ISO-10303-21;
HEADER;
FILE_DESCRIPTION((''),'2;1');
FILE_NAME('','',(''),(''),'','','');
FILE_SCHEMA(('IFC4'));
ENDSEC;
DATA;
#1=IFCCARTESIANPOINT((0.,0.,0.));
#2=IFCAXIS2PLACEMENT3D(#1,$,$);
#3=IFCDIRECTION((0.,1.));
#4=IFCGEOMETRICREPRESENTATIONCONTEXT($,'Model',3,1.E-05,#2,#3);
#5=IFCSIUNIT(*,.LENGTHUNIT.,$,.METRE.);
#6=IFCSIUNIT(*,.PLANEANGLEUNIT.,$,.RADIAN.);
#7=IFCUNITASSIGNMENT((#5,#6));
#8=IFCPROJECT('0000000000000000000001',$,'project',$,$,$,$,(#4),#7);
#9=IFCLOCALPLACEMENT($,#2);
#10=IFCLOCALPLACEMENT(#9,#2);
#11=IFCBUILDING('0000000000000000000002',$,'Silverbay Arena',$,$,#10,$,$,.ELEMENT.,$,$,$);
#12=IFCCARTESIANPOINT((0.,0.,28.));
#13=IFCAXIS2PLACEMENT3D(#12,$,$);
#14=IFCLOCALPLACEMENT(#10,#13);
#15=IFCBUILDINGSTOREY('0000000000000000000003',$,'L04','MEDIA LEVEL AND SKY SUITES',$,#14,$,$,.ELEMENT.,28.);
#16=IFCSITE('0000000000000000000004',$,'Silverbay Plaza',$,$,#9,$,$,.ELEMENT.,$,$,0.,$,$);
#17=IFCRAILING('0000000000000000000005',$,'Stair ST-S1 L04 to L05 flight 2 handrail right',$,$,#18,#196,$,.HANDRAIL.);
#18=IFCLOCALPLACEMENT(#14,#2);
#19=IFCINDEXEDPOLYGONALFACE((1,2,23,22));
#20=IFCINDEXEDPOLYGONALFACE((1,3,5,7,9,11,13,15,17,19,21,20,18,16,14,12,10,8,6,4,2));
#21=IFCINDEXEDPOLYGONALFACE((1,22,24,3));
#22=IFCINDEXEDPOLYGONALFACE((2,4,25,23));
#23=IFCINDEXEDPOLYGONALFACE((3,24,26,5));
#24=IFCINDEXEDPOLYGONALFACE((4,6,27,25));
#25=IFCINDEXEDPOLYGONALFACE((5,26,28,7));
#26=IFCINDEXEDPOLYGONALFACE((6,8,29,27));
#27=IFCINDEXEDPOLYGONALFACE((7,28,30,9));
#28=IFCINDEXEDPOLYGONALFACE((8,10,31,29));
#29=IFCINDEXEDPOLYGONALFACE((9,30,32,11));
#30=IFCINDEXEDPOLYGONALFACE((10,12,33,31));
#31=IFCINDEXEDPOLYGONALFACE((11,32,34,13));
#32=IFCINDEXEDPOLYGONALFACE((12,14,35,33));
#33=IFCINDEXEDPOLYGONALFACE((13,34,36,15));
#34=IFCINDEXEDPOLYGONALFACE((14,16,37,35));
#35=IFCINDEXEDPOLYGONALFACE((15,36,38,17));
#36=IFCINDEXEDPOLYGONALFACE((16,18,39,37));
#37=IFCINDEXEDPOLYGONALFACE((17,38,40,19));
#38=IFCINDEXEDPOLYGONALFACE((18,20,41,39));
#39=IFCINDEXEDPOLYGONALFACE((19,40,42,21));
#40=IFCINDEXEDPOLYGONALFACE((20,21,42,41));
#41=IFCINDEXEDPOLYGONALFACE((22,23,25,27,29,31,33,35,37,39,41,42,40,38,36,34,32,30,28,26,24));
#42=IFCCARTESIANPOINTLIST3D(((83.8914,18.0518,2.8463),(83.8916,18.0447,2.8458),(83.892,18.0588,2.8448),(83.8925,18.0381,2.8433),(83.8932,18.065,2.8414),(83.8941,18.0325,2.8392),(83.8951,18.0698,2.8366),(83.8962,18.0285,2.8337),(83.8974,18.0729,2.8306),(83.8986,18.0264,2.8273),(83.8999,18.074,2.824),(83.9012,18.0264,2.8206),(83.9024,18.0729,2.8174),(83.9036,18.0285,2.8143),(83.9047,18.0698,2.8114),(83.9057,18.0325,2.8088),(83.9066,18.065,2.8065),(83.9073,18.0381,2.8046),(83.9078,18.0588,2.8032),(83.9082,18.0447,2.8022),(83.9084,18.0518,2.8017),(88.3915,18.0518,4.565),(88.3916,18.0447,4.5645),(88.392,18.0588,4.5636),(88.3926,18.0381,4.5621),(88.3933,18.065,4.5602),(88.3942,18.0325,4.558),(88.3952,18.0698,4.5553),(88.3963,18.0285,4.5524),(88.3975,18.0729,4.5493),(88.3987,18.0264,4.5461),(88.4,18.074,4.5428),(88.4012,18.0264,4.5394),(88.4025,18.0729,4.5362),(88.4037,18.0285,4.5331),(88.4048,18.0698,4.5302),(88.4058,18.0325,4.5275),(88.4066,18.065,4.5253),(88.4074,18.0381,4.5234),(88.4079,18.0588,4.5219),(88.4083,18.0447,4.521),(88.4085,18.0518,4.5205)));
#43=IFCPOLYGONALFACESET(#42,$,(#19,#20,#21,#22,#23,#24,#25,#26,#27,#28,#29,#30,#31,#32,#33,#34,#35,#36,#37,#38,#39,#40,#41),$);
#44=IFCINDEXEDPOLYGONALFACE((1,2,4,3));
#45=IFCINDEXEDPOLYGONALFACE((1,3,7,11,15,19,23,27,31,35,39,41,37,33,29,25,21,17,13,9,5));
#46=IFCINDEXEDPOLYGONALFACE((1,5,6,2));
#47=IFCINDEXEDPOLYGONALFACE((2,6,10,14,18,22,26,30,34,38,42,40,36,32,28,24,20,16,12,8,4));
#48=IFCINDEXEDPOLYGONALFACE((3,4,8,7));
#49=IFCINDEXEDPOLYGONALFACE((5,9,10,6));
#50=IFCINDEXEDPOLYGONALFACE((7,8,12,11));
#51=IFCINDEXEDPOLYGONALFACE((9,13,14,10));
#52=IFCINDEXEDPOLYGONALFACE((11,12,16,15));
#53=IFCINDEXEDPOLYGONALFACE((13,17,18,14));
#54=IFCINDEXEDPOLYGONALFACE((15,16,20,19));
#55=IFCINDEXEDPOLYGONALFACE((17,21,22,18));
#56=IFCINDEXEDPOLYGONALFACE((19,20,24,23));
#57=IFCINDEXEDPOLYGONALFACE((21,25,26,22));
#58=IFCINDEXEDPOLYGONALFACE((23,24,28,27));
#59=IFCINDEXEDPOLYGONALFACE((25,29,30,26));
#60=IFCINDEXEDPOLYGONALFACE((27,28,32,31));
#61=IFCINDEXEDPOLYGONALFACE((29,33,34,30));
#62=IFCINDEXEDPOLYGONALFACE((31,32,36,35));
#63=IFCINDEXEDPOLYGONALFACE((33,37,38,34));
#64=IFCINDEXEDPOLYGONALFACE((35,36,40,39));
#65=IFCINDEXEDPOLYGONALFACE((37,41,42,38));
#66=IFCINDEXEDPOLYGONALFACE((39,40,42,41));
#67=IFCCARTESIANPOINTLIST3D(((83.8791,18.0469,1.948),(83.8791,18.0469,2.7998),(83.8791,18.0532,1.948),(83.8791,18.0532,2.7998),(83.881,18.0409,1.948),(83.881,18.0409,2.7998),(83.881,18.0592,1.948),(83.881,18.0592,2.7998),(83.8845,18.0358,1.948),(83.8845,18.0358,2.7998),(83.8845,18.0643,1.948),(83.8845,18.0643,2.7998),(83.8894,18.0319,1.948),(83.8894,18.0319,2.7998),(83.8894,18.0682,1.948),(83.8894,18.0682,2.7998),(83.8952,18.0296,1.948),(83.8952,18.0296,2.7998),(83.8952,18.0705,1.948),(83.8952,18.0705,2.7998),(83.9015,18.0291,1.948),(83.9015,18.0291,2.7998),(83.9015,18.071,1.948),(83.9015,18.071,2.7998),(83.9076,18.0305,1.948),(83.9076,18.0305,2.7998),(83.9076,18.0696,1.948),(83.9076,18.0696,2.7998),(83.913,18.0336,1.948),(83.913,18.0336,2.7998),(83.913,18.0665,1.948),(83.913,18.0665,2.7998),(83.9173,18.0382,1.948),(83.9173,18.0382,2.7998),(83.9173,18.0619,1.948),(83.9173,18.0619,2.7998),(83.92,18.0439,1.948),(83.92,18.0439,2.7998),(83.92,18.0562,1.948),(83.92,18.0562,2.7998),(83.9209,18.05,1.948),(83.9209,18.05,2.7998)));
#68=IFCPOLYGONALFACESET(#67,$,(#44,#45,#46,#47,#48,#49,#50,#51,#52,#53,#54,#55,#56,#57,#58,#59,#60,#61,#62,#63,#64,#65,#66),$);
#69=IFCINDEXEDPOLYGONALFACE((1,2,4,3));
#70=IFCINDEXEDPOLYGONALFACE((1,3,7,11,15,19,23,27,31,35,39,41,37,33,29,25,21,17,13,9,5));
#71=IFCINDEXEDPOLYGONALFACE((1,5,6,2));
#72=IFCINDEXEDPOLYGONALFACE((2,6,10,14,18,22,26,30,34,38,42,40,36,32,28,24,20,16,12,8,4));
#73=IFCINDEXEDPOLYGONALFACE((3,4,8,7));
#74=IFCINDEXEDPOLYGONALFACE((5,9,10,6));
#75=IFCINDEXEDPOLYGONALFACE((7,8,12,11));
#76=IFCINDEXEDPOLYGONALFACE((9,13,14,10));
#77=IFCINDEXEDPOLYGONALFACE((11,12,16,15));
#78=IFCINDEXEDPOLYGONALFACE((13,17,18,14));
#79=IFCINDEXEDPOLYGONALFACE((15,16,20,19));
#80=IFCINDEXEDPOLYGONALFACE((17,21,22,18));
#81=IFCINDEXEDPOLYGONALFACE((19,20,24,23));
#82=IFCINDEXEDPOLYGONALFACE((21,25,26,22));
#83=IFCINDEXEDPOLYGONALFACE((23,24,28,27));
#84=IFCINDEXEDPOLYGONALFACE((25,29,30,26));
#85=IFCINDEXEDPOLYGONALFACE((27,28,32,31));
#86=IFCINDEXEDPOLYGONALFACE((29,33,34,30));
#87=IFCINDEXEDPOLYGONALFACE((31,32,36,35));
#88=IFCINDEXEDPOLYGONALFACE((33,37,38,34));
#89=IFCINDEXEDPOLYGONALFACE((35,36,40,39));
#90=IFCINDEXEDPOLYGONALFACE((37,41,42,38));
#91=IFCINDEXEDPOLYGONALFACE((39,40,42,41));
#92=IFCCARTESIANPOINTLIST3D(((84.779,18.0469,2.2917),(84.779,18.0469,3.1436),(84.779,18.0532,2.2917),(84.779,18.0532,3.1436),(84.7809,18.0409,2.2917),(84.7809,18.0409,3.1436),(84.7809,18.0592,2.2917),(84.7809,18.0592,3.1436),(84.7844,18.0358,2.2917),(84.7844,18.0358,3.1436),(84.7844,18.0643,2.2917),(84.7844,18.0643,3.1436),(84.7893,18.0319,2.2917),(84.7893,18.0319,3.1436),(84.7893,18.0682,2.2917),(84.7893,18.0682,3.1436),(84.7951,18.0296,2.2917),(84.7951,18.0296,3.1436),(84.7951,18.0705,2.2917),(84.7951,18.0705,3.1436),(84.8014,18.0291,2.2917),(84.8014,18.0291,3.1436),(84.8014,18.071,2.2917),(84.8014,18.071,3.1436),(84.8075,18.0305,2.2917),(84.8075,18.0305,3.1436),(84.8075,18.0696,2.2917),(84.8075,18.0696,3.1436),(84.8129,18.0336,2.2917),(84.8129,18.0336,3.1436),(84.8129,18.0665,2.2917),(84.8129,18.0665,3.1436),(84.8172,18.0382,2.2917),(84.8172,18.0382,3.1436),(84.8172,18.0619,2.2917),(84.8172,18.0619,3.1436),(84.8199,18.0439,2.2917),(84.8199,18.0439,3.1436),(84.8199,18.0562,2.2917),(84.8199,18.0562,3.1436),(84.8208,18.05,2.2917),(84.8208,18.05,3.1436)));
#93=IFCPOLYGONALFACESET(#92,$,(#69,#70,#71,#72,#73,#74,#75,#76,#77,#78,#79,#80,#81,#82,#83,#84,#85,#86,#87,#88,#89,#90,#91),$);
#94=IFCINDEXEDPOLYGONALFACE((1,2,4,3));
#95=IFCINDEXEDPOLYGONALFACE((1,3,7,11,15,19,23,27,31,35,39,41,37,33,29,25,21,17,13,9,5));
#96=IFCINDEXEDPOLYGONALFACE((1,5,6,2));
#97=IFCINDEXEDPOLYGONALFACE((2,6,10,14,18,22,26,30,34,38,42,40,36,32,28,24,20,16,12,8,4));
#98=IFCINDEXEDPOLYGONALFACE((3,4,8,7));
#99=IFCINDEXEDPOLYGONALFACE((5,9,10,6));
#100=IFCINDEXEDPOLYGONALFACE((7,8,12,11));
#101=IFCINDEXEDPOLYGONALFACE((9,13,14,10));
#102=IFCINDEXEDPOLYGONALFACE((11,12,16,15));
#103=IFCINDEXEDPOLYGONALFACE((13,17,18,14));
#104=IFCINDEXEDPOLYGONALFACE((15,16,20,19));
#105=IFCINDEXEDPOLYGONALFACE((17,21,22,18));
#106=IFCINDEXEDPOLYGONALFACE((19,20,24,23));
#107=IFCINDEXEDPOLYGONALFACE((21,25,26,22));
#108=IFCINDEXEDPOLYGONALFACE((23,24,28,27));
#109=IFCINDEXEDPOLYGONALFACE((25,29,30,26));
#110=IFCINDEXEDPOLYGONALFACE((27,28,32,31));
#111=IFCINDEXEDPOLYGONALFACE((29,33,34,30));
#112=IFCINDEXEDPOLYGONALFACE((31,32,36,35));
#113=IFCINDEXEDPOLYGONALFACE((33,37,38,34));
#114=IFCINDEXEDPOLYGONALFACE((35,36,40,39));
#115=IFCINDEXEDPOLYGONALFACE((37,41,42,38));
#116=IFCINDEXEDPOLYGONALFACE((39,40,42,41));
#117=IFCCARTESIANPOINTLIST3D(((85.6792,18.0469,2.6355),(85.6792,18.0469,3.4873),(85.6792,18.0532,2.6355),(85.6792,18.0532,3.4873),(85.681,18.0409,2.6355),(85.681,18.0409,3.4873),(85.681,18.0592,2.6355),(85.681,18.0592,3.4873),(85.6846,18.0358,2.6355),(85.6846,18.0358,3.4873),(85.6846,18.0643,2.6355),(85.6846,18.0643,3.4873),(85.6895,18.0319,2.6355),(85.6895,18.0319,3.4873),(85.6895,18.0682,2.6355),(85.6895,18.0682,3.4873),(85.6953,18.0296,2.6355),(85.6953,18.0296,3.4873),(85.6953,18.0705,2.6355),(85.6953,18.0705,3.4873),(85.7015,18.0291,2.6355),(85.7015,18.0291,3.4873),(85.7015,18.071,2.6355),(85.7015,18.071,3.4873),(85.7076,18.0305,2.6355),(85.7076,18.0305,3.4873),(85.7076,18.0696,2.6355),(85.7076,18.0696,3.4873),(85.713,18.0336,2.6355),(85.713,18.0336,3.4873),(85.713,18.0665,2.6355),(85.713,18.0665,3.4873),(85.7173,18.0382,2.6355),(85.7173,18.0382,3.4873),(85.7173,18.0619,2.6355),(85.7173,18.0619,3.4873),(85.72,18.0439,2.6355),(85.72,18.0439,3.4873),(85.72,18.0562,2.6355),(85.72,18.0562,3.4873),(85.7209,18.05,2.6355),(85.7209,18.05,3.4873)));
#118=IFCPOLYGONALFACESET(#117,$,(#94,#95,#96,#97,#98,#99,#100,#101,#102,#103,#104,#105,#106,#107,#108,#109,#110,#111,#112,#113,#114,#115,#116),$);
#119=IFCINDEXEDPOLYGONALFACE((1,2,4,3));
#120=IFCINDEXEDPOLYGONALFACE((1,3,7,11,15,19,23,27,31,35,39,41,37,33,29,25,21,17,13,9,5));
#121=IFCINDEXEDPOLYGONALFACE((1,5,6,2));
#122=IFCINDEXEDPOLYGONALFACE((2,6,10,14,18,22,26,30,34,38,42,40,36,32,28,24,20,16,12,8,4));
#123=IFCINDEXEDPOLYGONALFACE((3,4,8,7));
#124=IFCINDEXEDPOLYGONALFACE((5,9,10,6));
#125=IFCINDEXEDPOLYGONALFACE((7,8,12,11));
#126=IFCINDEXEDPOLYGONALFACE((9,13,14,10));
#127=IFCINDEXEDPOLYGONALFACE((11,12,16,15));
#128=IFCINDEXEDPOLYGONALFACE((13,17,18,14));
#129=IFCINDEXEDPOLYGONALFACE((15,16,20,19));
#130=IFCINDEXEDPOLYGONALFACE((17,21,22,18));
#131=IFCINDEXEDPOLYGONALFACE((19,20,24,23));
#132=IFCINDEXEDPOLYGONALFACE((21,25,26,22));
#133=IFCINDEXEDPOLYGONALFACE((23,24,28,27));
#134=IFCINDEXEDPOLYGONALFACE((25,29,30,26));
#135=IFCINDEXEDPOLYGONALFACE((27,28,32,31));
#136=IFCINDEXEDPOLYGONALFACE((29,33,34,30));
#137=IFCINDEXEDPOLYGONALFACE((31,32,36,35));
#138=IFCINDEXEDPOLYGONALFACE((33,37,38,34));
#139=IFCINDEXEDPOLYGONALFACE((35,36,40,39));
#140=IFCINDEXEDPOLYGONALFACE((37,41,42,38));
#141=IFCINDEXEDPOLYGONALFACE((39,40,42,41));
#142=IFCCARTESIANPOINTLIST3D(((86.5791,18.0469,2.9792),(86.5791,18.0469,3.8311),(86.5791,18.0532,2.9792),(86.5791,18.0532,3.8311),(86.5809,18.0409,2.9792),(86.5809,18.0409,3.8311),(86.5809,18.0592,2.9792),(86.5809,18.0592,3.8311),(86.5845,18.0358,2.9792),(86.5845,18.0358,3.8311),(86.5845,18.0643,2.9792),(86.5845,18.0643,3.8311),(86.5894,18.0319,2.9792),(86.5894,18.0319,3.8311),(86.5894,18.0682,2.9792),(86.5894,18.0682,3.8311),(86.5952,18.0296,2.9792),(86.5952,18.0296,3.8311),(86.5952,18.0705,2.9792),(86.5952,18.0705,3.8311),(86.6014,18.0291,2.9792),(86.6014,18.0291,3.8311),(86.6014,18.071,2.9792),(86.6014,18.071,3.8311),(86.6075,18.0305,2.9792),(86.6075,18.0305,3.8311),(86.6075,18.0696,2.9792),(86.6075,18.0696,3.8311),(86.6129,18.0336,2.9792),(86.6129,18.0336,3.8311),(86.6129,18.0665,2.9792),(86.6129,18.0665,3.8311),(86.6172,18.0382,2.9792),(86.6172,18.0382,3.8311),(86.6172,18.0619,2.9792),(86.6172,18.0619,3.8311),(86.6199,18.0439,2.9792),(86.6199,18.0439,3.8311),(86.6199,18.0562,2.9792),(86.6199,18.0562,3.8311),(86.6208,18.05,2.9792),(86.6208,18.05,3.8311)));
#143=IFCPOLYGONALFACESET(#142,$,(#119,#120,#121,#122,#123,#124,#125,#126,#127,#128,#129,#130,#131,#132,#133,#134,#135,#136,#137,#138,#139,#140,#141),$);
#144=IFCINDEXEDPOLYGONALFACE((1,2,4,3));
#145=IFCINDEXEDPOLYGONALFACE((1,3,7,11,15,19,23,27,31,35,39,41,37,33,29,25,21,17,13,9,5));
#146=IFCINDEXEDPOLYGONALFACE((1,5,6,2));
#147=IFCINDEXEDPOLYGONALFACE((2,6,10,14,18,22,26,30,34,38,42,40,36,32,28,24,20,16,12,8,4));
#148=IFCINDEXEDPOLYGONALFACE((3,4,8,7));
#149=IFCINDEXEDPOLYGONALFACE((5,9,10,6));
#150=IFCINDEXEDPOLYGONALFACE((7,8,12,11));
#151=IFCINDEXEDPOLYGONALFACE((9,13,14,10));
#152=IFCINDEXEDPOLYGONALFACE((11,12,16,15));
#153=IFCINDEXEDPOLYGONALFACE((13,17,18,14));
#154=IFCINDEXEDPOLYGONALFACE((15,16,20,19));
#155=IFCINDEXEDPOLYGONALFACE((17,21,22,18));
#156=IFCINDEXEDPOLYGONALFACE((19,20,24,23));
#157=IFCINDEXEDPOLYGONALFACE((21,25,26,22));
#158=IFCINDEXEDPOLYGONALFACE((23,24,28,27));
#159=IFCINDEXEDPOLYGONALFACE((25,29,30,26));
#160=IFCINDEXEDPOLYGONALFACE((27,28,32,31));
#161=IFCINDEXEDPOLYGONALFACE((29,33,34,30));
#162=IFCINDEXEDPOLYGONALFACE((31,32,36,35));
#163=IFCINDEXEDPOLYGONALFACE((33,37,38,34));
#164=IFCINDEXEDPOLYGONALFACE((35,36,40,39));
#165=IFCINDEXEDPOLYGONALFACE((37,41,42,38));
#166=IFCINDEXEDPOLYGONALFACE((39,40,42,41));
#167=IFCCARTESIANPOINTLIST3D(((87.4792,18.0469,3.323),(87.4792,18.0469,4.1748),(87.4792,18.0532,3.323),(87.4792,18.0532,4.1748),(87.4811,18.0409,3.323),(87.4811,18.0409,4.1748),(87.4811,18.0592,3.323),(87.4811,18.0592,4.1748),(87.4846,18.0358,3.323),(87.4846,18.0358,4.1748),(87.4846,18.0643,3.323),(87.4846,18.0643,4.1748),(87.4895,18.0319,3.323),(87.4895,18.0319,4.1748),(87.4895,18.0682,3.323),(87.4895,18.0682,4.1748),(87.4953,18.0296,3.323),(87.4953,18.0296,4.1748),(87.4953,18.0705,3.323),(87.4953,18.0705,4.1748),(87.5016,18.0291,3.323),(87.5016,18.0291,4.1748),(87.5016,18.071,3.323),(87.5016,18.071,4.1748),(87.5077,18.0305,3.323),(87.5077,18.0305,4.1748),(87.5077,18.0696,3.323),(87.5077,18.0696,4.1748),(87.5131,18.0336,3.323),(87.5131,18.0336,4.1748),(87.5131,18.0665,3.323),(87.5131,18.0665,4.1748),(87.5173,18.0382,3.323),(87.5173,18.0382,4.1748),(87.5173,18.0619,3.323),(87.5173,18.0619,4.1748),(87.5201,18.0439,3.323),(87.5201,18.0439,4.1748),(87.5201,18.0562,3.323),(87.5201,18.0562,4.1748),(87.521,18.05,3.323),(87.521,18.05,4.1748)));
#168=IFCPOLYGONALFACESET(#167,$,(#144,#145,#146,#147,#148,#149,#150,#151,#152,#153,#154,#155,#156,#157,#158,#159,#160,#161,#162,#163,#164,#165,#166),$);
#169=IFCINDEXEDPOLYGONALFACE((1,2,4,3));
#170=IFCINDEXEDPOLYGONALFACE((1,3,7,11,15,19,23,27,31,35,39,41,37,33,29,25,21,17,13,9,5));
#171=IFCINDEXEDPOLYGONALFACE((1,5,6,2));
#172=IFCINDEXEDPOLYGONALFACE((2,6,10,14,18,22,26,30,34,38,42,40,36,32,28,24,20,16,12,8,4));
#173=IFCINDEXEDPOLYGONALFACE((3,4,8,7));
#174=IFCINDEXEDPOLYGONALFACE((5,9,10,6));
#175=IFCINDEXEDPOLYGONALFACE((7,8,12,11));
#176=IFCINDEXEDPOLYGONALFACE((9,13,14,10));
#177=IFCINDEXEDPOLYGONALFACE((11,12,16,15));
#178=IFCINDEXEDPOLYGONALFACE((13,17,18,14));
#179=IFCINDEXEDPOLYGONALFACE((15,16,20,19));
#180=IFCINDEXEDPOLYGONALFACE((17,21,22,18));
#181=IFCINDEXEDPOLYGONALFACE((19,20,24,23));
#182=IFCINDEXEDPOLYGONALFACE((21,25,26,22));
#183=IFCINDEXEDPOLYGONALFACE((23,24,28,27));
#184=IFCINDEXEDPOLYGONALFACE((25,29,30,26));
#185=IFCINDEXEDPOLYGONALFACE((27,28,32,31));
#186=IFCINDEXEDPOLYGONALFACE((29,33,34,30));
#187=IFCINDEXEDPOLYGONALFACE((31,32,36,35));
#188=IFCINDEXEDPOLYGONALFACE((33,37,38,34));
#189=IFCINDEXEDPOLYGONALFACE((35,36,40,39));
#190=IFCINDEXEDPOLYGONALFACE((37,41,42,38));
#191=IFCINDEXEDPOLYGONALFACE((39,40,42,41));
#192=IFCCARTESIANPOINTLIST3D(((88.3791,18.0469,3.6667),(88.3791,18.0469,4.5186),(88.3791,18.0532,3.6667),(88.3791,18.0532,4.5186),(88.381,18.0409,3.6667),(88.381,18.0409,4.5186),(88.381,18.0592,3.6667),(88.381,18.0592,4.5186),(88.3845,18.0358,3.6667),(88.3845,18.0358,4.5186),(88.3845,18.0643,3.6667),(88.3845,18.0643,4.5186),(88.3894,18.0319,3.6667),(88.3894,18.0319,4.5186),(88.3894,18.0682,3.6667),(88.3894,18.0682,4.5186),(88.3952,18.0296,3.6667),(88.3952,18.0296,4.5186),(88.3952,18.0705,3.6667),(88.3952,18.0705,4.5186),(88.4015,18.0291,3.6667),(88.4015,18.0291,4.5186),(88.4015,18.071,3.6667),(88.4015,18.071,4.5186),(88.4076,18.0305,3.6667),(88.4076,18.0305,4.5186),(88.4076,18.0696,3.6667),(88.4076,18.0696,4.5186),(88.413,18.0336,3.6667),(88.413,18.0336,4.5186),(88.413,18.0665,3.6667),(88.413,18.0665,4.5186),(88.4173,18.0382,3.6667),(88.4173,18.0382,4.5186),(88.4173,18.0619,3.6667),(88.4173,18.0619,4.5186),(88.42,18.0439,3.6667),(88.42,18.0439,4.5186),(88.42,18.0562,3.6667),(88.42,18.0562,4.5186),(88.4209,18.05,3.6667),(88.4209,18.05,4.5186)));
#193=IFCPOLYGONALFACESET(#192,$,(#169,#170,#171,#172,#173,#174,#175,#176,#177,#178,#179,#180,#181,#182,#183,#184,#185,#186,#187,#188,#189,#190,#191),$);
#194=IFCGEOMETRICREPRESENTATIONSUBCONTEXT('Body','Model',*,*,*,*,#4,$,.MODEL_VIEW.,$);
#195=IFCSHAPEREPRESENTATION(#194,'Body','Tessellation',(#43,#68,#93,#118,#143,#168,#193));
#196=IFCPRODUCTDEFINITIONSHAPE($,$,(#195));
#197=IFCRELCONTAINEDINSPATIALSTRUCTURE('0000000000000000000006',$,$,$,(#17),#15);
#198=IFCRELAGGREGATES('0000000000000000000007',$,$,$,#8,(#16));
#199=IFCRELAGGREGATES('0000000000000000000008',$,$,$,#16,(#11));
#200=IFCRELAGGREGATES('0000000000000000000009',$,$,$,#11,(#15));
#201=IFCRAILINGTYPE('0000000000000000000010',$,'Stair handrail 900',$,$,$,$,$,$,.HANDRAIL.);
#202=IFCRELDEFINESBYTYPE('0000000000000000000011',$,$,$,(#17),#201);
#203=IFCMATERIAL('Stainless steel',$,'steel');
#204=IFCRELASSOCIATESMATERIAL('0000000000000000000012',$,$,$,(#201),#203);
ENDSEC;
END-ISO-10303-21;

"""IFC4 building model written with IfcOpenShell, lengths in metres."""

from ifc_helpers import new_model, si_unit, direction, frame, origin, origin_2d, place, context, subcontext, project, spatial, circle, extrude, material, type_object, element, save


model = new_model("IFC4")

# Units and contexts
model_context = context("Model", 3, precision=1e-05, world=origin(), true_north=direction((0.0, 1.0)))
body_context = subcontext(model_context, "Body", "Model", "MODEL_VIEW")
ifc_project = project(units=[si_unit("LENGTHUNIT", "METRE"), si_unit("PLANEANGLEUNIT", "RADIAN")], contexts=[model_context])

# Site, building, storey
site_placement = place(None, origin())
site = spatial("IfcSite", under=ifc_project, at=site_placement, Name="Silverbay Plaza", CompositionType="ELEMENT", RefElevation=0.0)
building_placement = place(site_placement, origin())
building = spatial("IfcBuilding", under=site, at=building_placement, Name="Silverbay Arena", CompositionType="ELEMENT")
storey_placement = place(building_placement, frame((0.0, 0.0, 28.0)))
storey = spatial("IfcBuildingStorey", under=building, at=storey_placement, Name="L04", Description="MEDIA LEVEL AND SKY SUITES", CompositionType="ELEMENT", Elevation=28.0)

# Railing
ifc_material_1 = material(Name="Stainless steel", Category="steel")
railing_type_1 = type_object("IfcRailingType", Name="Stair handrail 900", PredefinedType="HANDRAIL", material=ifc_material_1)
for number, where, name in (
    (1, (83.8999, 18.05, 1.948), "Stair ST-S1 L04 to L05 flight 2 handrail right"),
):
    element("IfcRailing", number, at=place(storey_placement, frame(where)), inside=storey, type_object=railing_type_1, Name=name, PredefinedType="HANDRAIL", context=body_context, shape_type="SweptSolid", body=[
        extrude(circle(Radius=0.0239, at=origin_2d()), frame((0.0, 0.0, 0.876), z_axis=(0.934179, 0.0, 0.356805), x_axis=(0.0, 1.0, 0.0)), (0.0, 0.0, 1.0), 4.8171),
        extrude(circle(Radius=0.021, at=origin_2d()), origin(), (0.0, 0.0, 1.0), 0.8518),
        extrude(circle(Radius=0.021, at=origin_2d()), frame((0.8999, 0.0, 0.3438)), (0.0, 0.0, 1.0), 0.8518),
        extrude(circle(Radius=0.021, at=origin_2d()), frame((1.8, 0.0, 0.6875)), (0.0, 0.0, 1.0), 0.8518),
        extrude(circle(Radius=0.021, at=origin_2d()), frame((2.7, 0.0, 1.0312)), (0.0, 0.0, 1.0), 0.8518),
        extrude(circle(Radius=0.021, at=origin_2d()), frame((3.6001, 0.0, 1.375)), (0.0, 0.0, 1.0), 0.8518),
        extrude(circle(Radius=0.021, at=origin_2d()), frame((4.5, 0.0, 1.7188)), (0.0, 0.0, 1.0), 0.8518),
    ])

save(model, "model.ifc")
